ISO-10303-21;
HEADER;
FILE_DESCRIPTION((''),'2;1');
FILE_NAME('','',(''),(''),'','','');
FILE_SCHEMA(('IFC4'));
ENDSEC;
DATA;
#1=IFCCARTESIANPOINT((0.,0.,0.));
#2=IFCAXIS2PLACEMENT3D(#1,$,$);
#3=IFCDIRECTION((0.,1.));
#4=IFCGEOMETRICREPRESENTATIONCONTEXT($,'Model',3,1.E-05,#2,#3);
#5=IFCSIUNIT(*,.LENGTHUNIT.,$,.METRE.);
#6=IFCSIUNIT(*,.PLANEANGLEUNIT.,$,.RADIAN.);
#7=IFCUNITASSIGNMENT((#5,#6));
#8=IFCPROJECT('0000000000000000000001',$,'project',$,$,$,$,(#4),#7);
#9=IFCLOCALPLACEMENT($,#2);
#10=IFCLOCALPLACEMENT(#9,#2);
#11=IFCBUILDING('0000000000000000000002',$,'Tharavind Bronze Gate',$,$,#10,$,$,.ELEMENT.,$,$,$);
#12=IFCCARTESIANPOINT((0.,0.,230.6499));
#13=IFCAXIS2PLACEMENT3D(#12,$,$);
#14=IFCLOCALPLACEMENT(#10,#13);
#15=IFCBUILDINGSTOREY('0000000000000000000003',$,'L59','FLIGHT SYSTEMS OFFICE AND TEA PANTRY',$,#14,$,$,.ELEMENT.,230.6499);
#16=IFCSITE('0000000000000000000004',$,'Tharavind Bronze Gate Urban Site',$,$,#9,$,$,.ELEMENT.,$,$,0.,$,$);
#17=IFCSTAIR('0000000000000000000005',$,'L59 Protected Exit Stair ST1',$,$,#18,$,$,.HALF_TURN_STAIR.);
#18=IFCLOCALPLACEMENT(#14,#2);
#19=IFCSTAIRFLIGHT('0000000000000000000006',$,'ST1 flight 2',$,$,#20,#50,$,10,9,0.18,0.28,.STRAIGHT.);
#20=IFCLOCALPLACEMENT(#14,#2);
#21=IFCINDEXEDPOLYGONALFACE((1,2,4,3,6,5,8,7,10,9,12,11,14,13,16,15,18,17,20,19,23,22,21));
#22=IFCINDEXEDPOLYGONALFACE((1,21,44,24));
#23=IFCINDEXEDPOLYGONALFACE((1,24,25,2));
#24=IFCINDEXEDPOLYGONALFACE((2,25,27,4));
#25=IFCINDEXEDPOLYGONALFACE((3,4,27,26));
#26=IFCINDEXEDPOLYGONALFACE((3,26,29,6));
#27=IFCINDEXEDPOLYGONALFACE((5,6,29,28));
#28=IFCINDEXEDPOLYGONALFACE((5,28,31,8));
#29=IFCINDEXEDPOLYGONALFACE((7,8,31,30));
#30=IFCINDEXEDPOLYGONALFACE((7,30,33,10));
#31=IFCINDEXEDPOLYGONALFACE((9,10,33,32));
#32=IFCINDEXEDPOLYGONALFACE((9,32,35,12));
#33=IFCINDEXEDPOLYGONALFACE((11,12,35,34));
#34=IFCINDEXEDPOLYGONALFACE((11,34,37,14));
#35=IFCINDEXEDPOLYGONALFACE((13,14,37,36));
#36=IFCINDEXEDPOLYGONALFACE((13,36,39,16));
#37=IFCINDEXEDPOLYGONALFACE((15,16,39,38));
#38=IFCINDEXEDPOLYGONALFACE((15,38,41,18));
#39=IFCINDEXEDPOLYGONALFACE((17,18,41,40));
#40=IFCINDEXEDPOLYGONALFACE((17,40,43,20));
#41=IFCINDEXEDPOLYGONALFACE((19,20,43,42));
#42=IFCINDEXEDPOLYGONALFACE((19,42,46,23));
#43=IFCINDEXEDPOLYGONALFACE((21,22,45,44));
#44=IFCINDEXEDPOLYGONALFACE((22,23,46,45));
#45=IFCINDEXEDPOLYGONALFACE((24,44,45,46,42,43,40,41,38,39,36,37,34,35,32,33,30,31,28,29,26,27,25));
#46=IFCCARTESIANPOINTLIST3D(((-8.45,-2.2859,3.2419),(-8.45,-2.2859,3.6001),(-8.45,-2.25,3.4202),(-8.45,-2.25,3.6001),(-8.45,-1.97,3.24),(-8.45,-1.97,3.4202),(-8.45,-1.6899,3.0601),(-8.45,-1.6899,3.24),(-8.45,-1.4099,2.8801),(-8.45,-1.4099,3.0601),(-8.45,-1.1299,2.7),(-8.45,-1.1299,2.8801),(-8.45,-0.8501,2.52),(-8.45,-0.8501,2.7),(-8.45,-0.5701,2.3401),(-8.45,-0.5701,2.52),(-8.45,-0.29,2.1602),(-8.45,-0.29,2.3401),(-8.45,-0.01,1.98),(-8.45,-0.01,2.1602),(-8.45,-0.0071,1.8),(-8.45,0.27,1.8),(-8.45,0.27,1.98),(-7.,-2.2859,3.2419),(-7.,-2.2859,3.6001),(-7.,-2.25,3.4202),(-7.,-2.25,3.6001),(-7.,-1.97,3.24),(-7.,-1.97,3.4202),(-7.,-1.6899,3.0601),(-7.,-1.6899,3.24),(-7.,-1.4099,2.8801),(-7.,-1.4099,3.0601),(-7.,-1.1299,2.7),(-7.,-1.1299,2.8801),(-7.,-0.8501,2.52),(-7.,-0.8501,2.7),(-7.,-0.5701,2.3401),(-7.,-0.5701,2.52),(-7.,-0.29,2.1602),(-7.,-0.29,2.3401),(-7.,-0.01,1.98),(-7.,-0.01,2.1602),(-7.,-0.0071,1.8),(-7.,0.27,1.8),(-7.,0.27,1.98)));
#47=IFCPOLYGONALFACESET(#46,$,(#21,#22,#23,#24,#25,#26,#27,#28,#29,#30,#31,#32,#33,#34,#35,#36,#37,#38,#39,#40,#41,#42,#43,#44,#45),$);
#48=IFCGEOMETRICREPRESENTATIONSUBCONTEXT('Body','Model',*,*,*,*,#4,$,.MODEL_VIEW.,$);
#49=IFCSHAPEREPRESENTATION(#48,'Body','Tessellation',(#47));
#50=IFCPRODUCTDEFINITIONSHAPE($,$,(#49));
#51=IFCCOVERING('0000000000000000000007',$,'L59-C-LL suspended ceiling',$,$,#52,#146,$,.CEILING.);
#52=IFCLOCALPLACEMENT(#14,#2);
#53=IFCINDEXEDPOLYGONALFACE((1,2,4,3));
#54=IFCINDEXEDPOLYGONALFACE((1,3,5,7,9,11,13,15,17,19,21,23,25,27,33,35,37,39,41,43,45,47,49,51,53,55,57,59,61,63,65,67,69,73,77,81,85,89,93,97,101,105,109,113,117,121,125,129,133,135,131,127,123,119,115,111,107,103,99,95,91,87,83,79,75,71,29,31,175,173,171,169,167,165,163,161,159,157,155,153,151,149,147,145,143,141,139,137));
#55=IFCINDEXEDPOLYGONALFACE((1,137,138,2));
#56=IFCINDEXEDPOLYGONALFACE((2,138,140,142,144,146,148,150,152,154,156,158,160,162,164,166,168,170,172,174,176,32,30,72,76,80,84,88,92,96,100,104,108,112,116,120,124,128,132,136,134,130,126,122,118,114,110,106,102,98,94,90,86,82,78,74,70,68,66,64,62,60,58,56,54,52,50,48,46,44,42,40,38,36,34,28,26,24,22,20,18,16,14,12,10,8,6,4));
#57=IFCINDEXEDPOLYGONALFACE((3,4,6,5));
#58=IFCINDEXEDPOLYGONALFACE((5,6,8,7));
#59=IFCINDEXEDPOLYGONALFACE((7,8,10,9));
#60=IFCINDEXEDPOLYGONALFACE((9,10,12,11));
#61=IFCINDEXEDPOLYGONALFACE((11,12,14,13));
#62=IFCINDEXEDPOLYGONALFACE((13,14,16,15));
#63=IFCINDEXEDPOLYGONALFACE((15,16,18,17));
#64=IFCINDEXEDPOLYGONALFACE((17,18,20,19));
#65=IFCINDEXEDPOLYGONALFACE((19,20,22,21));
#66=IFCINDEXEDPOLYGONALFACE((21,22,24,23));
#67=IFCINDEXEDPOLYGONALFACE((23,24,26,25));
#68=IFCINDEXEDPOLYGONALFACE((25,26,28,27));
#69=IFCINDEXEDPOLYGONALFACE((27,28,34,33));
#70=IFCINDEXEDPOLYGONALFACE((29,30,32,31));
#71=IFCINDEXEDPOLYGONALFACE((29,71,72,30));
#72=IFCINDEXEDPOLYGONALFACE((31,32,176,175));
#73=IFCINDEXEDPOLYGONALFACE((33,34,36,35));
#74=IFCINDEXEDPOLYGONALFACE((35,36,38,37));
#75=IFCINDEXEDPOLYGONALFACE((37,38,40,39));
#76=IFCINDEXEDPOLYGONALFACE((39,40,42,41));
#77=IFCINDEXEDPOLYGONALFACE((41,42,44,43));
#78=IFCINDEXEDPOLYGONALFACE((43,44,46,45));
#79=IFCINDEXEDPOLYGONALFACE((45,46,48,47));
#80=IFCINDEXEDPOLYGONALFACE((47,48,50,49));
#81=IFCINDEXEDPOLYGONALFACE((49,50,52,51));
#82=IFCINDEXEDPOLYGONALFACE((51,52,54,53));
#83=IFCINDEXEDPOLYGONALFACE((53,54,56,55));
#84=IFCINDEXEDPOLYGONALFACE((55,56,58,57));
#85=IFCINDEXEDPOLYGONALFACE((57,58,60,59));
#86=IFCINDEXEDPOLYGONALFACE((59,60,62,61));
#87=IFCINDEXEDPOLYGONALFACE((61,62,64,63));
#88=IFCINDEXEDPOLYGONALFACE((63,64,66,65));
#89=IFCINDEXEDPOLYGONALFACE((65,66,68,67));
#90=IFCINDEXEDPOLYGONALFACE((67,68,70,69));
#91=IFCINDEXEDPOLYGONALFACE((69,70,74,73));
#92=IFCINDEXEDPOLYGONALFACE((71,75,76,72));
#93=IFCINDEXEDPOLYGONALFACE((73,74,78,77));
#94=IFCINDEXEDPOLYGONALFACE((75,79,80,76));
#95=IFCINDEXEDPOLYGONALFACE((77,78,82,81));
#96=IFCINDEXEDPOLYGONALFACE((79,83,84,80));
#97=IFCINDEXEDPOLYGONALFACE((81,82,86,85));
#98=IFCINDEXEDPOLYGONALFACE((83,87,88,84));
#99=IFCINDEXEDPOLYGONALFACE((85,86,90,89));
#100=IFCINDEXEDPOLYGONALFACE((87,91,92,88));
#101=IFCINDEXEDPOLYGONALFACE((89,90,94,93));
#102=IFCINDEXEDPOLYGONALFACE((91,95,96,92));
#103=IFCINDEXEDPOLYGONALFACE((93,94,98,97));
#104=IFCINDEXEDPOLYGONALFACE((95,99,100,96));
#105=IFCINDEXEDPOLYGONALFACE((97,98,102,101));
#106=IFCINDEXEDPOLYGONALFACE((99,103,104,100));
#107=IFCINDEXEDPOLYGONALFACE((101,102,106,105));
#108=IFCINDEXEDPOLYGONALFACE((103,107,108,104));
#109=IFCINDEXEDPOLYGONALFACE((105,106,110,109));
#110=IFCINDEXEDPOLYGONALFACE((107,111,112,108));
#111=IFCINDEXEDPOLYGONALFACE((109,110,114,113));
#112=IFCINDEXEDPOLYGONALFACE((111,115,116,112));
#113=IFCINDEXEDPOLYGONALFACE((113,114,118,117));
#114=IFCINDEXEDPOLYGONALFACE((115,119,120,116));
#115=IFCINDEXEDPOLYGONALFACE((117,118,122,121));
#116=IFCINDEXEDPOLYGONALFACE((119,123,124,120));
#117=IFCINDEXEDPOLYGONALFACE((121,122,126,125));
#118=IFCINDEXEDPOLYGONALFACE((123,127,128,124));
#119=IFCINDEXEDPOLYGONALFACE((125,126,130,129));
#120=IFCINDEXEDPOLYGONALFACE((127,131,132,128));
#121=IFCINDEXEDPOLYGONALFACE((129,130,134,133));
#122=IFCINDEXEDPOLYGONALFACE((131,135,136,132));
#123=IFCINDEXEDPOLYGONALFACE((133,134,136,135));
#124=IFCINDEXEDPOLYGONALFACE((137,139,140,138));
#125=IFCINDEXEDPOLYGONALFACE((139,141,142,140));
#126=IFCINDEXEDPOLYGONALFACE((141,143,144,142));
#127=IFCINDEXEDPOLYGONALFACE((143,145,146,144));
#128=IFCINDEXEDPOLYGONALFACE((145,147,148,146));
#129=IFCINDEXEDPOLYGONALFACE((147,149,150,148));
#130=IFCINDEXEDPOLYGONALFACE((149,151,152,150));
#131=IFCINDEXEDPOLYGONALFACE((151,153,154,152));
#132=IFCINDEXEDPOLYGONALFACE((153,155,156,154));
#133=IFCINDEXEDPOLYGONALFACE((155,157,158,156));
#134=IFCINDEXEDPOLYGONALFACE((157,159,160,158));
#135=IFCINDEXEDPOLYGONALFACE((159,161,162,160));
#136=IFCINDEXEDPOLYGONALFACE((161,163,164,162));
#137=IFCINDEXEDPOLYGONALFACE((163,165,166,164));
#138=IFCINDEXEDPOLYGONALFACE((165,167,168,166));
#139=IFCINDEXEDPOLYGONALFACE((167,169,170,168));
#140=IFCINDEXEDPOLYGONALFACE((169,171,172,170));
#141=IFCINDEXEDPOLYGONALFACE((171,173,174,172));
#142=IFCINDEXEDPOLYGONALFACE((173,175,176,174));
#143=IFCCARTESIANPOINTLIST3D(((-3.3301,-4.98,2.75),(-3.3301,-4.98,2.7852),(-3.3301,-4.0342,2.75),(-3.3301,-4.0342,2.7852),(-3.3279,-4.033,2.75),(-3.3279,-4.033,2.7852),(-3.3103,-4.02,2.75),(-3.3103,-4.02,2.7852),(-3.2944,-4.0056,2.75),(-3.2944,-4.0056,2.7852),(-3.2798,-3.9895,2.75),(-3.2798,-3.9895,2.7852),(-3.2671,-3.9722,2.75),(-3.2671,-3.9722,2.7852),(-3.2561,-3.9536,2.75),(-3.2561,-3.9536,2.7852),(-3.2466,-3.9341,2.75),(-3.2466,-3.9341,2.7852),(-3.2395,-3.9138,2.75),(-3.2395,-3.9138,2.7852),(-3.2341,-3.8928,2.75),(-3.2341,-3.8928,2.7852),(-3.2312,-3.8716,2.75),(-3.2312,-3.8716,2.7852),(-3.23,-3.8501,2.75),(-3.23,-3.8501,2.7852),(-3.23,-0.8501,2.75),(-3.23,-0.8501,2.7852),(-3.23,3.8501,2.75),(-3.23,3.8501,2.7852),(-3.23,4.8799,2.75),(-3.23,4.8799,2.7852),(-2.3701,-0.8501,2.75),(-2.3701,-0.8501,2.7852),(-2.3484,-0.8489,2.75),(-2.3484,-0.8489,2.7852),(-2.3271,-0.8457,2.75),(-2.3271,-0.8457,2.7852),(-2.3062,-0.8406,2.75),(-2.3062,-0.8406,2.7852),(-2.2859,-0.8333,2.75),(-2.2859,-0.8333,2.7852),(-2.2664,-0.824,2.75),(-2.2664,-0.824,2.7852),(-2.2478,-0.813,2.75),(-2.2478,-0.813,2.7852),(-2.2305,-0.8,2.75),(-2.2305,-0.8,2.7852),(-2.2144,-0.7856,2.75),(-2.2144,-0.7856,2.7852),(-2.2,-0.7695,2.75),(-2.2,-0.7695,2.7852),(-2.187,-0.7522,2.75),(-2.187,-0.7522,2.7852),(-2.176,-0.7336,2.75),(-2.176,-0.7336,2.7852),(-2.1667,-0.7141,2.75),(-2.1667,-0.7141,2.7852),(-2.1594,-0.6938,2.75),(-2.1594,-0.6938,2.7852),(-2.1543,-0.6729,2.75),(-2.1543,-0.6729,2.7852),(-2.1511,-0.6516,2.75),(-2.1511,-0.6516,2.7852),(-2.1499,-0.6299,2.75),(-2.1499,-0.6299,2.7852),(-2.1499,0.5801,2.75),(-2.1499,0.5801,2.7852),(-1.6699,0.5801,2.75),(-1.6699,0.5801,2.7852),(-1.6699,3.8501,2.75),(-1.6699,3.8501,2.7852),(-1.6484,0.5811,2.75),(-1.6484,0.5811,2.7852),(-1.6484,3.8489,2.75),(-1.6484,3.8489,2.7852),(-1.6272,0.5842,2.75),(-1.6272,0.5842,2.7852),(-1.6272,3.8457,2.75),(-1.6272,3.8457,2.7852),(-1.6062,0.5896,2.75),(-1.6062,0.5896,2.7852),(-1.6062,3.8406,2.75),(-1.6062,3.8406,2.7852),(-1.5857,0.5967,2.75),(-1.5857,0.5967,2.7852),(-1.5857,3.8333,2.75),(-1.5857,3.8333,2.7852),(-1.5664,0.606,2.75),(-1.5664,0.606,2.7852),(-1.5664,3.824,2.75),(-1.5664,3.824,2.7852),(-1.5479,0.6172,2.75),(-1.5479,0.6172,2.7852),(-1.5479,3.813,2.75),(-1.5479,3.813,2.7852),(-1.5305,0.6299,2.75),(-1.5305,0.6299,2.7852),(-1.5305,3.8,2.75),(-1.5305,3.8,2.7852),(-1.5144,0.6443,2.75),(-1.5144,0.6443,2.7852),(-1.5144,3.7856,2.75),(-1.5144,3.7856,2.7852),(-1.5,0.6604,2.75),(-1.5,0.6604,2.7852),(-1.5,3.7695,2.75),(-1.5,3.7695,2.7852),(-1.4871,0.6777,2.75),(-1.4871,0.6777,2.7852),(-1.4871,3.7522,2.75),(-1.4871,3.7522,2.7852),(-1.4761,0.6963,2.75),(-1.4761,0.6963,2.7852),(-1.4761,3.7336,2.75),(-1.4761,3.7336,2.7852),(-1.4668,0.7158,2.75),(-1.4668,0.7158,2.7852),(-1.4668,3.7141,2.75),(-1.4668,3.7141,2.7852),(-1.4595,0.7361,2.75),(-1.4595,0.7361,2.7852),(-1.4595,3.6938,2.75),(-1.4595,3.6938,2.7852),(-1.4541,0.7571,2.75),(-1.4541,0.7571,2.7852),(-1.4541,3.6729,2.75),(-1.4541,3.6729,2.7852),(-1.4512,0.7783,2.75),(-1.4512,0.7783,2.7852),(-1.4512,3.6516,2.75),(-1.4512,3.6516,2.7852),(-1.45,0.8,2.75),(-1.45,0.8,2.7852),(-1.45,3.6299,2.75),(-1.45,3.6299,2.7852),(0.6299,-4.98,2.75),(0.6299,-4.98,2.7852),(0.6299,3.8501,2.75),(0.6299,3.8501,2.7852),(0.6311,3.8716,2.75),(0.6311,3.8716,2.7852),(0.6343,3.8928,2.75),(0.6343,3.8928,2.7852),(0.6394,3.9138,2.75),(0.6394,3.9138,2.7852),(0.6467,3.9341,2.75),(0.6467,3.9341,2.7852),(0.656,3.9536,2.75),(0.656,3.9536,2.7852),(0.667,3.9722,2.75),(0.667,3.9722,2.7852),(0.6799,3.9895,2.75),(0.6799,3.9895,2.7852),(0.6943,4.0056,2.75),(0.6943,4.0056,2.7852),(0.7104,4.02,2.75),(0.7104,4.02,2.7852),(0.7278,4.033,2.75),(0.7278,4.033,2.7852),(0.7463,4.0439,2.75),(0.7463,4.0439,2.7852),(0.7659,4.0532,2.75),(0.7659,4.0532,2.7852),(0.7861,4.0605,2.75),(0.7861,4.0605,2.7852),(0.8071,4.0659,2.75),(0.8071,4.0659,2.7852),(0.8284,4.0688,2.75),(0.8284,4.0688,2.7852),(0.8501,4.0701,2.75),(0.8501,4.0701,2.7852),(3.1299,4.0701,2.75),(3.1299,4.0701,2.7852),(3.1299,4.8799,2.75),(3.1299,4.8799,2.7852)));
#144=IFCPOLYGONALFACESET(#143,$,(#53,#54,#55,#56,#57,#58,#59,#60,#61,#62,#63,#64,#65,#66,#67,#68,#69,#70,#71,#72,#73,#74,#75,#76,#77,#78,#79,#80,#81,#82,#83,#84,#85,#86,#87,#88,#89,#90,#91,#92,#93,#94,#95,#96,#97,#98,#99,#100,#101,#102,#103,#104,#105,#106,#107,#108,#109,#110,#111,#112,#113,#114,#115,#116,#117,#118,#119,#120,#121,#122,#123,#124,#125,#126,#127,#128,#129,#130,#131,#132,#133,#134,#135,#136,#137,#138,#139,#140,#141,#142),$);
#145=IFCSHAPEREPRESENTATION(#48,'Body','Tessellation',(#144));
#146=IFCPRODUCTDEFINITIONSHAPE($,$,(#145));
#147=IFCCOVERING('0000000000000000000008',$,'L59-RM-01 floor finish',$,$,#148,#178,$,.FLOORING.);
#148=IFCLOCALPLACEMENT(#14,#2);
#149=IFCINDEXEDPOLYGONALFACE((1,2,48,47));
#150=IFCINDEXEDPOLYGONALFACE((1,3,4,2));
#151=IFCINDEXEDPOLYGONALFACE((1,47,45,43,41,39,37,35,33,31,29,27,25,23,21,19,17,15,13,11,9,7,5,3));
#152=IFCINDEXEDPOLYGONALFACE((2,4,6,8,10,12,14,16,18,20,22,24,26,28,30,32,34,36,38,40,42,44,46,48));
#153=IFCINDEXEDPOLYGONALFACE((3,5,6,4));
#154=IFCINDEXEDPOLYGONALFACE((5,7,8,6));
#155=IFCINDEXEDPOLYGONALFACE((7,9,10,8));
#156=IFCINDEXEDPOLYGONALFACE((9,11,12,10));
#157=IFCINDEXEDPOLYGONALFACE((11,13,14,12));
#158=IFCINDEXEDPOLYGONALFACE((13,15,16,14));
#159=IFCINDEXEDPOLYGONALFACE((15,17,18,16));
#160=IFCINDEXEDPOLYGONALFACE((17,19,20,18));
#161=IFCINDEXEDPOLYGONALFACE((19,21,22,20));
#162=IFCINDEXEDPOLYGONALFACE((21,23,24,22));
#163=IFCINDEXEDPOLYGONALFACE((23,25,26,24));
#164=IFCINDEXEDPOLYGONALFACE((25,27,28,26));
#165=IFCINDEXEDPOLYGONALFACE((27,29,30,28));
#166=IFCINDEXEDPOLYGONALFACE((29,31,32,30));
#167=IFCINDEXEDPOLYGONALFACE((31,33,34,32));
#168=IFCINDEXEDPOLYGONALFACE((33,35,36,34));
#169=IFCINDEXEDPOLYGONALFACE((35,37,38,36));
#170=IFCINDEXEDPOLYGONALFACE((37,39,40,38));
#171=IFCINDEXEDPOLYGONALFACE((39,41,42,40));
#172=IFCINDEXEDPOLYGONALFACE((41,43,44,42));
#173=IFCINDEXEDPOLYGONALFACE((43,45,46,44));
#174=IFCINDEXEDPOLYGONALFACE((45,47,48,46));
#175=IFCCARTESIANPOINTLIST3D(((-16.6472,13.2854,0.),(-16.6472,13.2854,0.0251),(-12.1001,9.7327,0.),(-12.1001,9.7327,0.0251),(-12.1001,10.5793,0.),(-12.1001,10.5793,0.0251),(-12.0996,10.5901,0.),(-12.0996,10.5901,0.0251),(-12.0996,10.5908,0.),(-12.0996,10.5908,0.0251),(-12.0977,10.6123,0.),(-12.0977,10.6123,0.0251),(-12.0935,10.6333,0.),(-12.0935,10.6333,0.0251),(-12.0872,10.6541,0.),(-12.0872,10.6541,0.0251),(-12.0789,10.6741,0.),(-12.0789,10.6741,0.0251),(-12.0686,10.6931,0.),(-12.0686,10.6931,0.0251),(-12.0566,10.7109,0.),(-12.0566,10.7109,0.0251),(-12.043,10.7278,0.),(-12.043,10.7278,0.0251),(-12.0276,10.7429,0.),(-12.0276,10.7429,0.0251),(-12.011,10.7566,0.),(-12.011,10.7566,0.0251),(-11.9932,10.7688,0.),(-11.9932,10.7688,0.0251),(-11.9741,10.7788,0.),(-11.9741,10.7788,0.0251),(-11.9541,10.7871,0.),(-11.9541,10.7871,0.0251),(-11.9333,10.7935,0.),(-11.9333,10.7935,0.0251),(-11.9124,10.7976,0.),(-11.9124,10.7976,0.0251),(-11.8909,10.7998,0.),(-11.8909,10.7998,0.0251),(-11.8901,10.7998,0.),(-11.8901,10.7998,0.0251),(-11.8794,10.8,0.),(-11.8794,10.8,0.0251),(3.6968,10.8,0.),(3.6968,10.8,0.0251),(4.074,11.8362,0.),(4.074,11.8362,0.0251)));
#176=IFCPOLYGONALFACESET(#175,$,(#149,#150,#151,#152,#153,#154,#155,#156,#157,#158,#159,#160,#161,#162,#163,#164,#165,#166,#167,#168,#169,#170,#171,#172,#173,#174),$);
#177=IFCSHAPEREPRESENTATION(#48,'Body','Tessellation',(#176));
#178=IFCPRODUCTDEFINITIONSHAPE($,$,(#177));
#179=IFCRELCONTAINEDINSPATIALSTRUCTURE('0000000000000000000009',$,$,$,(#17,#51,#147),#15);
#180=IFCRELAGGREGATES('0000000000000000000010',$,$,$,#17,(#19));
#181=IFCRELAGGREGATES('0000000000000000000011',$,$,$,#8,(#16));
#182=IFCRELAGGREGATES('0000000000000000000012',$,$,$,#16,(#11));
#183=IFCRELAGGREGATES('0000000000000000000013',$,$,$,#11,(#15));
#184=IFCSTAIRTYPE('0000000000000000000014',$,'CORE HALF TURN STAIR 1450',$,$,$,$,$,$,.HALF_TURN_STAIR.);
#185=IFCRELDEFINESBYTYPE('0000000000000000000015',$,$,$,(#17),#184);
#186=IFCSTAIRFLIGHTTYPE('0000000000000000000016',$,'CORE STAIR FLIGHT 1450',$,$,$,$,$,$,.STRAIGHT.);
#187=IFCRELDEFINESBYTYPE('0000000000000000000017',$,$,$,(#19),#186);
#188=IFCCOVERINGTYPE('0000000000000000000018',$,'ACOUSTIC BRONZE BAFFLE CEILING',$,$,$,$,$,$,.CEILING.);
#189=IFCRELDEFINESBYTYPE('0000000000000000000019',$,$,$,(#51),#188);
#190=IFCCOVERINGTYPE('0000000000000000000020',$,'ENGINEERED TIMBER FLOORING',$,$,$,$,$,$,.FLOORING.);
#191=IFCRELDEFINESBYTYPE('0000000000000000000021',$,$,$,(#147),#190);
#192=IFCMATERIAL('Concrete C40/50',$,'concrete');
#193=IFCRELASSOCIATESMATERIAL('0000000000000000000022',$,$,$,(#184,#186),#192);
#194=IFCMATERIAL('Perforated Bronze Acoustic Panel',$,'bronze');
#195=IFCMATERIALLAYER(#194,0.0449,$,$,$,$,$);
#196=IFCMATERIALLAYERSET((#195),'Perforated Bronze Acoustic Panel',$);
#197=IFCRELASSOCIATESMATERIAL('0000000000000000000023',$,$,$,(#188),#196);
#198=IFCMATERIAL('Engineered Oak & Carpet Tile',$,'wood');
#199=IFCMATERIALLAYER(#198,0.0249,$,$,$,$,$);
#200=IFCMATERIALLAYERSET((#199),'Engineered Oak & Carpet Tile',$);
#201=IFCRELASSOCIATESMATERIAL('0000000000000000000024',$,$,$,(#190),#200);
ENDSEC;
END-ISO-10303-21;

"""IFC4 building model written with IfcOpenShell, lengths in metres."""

from ifc_helpers import new_model, si_unit, direction, frame, origin, place, context, subcontext, project, spatial, polyline, outline, extrude, material, layer, layer_set, type_object, element, aggregate, save


model = new_model("IFC4")

# Units and contexts
model_context = context("Model", 3, precision=1e-05, world=origin(), true_north=direction((0.0, 1.0)))
body_context = subcontext(model_context, "Body", "Model", "MODEL_VIEW")
ifc_project = project(units=[si_unit("LENGTHUNIT", "METRE"), si_unit("PLANEANGLEUNIT", "RADIAN")], contexts=[model_context])

# Site, building, storey
site_placement = place(None, origin())
site = spatial("IfcSite", under=ifc_project, at=site_placement, Name="Tharavind Bronze Gate Urban Site", CompositionType="ELEMENT", RefElevation=0.0)
building_placement = place(site_placement, origin())
building = spatial("IfcBuilding", under=site, at=building_placement, Name="Tharavind Bronze Gate", CompositionType="ELEMENT")
storey_placement = place(building_placement, frame((0.0, 0.0, 230.6499)))
storey = spatial("IfcBuildingStorey", under=building, at=storey_placement, Name="L59", Description="FLIGHT SYSTEMS OFFICE AND TEA PANTRY", CompositionType="ELEMENT", Elevation=230.6499)

# Stair
ifc_material_1 = material(Name="Concrete C40/50", Category="concrete")
stair_type = type_object("IfcStairType", Name="CORE HALF TURN STAIR 1450", PredefinedType="HALF_TURN_STAIR", material=ifc_material_1)
stair_1_placement = place(storey_placement, origin())
stair_1 = element("IfcStair", 1, at=stair_1_placement, inside=storey, type_object=stair_type, Name="L59 Protected Exit Stair ST1", PredefinedType="HALF_TURN_STAIR")

# Stair flight
stair_flight_type = type_object("IfcStairFlightType", Name="CORE STAIR FLIGHT 1450", PredefinedType="STRAIGHT", material=ifc_material_1)
stair_flight_placement = place(storey_placement, frame((-7.7251, 0.27, 1.8), z_axis=(0.0, 0.0, 1.0), x_axis=(0.0, -1.0, 0.0)))
stair_flight = element("IfcStairFlight", 2, at=stair_flight_placement, type_object=stair_flight_type, Name="ST1 flight 2", NumberOfRisers=10, NumberOfTreads=9, PredefinedType="STRAIGHT", RiserHeight=0.18, TreadLength=0.28, context=body_context, shape_type="SweptSolid", body=[
    extrude(outline(polyline([(0.0, 0.0), (0.0, 0.1799), (0.28, 0.1799), (0.28, 0.3601), (0.5601, 0.3601), (0.5601, 0.54), (0.8401, 0.54), (0.8401, 0.72), (1.1201, 0.72), (1.1201, 0.8999), (1.3999, 0.8999), (1.3999, 1.0801), (1.6799, 1.0801), (1.6799, 1.26), (1.96, 1.26), (1.96, 1.4399), (2.24, 1.4399), (2.24, 1.6201), (2.52, 1.6201), (2.52, 1.8), (2.5559, 1.8), (2.5559, 1.4419), (0.2771, 0.0), (0.0, 0.0)])), frame((0.0, 0.7251, 0.0), z_axis=(0.0, -1.0, 0.0), x_axis=(1.0, 0.0, 0.0)), (0.0, 0.0, 1.0), 1.45),
])
aggregate(stair_1, [stair_flight])

# Coverings
ifc_material_2 = material(Name="Perforated Bronze Acoustic Panel", Category="bronze")
ifc_layer_1 = layer(ifc_material_2, 0.0449)
ifc_layer_set_1 = layer_set([ifc_layer_1], Name="Perforated Bronze Acoustic Panel")
covering_type_1 = type_object("IfcCoveringType", Name="ACOUSTIC BRONZE BAFFLE CEILING", PredefinedType="CEILING", material=ifc_layer_set_1)
covering_1_placement = place(storey_placement, frame((0.0, 0.0, 2.75)))
element("IfcCovering", 3, at=covering_1_placement, inside=storey, type_object=covering_type_1, Name="L59-C-LL suspended ceiling", PredefinedType="CEILING", context=body_context, shape_type="SweptSolid", body=[
    extrude(outline(polyline([(-3.3301, -4.98), (0.6299, -4.98), (0.6299, 3.8501), (0.6311, 3.8716), (0.6343, 3.8928), (0.6394, 3.9138), (0.6467, 3.9341), (0.656, 3.9536), (0.667, 3.9722), (0.6799, 3.9895), (0.6943, 4.0056), (0.7104, 4.02), (0.7278, 4.033), (0.7463, 4.0439), (0.7659, 4.0532), (0.7861, 4.0605), (0.8071, 4.0659), (0.8284, 4.0688), (0.8501, 4.0701), (3.1299, 4.0701), (3.1299, 4.8799), (-3.23, 4.8799), (-3.23, 3.8501), (-1.6699, 3.8501), (-1.6484, 3.8489), (-1.6272, 3.8457), (-1.6062, 3.8406), (-1.5857, 3.8333), (-1.5664, 3.824), (-1.5479, 3.813), (-1.5305, 3.8), (-1.5144, 3.7856), (-1.5, 3.7695), (-1.4871, 3.7522), (-1.4761, 3.7336), (-1.4668, 3.7141), (-1.4595, 3.6938), (-1.4541, 3.6729), (-1.4512, 3.6516), (-1.45, 3.6299), (-1.45, 0.8), (-1.4512, 0.7783), (-1.4541, 0.7571), (-1.4595, 0.7361), (-1.4668, 0.7158), (-1.4761, 0.6963), (-1.4871, 0.6777), (-1.5, 0.6604), (-1.5144, 0.6443), (-1.5305, 0.6299), (-1.5479, 0.6172), (-1.5664, 0.606), (-1.5857, 0.5967), (-1.6062, 0.5896), (-1.6272, 0.5842), (-1.6484, 0.5811), (-1.6699, 0.5801), (-2.1499, 0.5801), (-2.1499, -0.6299), (-2.1511, -0.6516), (-2.1543, -0.6729), (-2.1594, -0.6938), (-2.1667, -0.7141), (-2.176, -0.7336), (-2.187, -0.7522), (-2.2, -0.7695), (-2.2144, -0.7856), (-2.2305, -0.8), (-2.2478, -0.813), (-2.2664, -0.824), (-2.2859, -0.8333), (-2.3062, -0.8406), (-2.3271, -0.8457), (-2.3484, -0.8489), (-2.3701, -0.8501), (-3.23, -0.8501), (-3.23, -3.8501), (-3.2312, -3.8716), (-3.2341, -3.8928), (-3.2395, -3.9138), (-3.2466, -3.9341), (-3.2561, -3.9536), (-3.2671, -3.9722), (-3.2798, -3.9895), (-3.2944, -4.0056), (-3.3103, -4.02), (-3.3279, -4.033), (-3.3301, -4.0342), (-3.3301, -4.98)])), origin(), (0.0, 0.0, 1.0), 0.0352),
])
ifc_material_3 = material(Name="Engineered Oak & Carpet Tile", Category="wood")
ifc_layer_2 = layer(ifc_material_3, 0.0249)
ifc_layer_set_2 = layer_set([ifc_layer_2], Name="Engineered Oak & Carpet Tile")
covering_type_2 = type_object("IfcCoveringType", Name="ENGINEERED TIMBER FLOORING", PredefinedType="FLOORING", material=ifc_layer_set_2)
covering_2_placement = place(storey_placement, origin())
element("IfcCovering", 4, at=covering_2_placement, inside=storey, type_object=covering_type_2, Name="L59-RM-01 floor finish", PredefinedType="FLOORING", context=body_context, shape_type="SweptSolid", body=[
    extrude(outline(polyline([(-12.1001, 9.7327), (-12.1001, 10.5793), (-12.0996, 10.5901), (-12.0996, 10.5908), (-12.0977, 10.6123), (-12.0935, 10.6333), (-12.0872, 10.6541), (-12.0789, 10.6741), (-12.0686, 10.6931), (-12.0566, 10.7109), (-12.043, 10.7278), (-12.0276, 10.7429), (-12.011, 10.7566), (-11.9932, 10.7688), (-11.9741, 10.7788), (-11.9541, 10.7871), (-11.9333, 10.7935), (-11.9124, 10.7976), (-11.8909, 10.7998), (-11.8901, 10.7998), (-11.8794, 10.8), (3.6968, 10.8), (4.074, 11.8362), (-16.6472, 13.2854), (-12.1001, 9.7327)])), origin(), (0.0, 0.0, 1.0), 0.0251),
])

save(model, "model.ifc")
